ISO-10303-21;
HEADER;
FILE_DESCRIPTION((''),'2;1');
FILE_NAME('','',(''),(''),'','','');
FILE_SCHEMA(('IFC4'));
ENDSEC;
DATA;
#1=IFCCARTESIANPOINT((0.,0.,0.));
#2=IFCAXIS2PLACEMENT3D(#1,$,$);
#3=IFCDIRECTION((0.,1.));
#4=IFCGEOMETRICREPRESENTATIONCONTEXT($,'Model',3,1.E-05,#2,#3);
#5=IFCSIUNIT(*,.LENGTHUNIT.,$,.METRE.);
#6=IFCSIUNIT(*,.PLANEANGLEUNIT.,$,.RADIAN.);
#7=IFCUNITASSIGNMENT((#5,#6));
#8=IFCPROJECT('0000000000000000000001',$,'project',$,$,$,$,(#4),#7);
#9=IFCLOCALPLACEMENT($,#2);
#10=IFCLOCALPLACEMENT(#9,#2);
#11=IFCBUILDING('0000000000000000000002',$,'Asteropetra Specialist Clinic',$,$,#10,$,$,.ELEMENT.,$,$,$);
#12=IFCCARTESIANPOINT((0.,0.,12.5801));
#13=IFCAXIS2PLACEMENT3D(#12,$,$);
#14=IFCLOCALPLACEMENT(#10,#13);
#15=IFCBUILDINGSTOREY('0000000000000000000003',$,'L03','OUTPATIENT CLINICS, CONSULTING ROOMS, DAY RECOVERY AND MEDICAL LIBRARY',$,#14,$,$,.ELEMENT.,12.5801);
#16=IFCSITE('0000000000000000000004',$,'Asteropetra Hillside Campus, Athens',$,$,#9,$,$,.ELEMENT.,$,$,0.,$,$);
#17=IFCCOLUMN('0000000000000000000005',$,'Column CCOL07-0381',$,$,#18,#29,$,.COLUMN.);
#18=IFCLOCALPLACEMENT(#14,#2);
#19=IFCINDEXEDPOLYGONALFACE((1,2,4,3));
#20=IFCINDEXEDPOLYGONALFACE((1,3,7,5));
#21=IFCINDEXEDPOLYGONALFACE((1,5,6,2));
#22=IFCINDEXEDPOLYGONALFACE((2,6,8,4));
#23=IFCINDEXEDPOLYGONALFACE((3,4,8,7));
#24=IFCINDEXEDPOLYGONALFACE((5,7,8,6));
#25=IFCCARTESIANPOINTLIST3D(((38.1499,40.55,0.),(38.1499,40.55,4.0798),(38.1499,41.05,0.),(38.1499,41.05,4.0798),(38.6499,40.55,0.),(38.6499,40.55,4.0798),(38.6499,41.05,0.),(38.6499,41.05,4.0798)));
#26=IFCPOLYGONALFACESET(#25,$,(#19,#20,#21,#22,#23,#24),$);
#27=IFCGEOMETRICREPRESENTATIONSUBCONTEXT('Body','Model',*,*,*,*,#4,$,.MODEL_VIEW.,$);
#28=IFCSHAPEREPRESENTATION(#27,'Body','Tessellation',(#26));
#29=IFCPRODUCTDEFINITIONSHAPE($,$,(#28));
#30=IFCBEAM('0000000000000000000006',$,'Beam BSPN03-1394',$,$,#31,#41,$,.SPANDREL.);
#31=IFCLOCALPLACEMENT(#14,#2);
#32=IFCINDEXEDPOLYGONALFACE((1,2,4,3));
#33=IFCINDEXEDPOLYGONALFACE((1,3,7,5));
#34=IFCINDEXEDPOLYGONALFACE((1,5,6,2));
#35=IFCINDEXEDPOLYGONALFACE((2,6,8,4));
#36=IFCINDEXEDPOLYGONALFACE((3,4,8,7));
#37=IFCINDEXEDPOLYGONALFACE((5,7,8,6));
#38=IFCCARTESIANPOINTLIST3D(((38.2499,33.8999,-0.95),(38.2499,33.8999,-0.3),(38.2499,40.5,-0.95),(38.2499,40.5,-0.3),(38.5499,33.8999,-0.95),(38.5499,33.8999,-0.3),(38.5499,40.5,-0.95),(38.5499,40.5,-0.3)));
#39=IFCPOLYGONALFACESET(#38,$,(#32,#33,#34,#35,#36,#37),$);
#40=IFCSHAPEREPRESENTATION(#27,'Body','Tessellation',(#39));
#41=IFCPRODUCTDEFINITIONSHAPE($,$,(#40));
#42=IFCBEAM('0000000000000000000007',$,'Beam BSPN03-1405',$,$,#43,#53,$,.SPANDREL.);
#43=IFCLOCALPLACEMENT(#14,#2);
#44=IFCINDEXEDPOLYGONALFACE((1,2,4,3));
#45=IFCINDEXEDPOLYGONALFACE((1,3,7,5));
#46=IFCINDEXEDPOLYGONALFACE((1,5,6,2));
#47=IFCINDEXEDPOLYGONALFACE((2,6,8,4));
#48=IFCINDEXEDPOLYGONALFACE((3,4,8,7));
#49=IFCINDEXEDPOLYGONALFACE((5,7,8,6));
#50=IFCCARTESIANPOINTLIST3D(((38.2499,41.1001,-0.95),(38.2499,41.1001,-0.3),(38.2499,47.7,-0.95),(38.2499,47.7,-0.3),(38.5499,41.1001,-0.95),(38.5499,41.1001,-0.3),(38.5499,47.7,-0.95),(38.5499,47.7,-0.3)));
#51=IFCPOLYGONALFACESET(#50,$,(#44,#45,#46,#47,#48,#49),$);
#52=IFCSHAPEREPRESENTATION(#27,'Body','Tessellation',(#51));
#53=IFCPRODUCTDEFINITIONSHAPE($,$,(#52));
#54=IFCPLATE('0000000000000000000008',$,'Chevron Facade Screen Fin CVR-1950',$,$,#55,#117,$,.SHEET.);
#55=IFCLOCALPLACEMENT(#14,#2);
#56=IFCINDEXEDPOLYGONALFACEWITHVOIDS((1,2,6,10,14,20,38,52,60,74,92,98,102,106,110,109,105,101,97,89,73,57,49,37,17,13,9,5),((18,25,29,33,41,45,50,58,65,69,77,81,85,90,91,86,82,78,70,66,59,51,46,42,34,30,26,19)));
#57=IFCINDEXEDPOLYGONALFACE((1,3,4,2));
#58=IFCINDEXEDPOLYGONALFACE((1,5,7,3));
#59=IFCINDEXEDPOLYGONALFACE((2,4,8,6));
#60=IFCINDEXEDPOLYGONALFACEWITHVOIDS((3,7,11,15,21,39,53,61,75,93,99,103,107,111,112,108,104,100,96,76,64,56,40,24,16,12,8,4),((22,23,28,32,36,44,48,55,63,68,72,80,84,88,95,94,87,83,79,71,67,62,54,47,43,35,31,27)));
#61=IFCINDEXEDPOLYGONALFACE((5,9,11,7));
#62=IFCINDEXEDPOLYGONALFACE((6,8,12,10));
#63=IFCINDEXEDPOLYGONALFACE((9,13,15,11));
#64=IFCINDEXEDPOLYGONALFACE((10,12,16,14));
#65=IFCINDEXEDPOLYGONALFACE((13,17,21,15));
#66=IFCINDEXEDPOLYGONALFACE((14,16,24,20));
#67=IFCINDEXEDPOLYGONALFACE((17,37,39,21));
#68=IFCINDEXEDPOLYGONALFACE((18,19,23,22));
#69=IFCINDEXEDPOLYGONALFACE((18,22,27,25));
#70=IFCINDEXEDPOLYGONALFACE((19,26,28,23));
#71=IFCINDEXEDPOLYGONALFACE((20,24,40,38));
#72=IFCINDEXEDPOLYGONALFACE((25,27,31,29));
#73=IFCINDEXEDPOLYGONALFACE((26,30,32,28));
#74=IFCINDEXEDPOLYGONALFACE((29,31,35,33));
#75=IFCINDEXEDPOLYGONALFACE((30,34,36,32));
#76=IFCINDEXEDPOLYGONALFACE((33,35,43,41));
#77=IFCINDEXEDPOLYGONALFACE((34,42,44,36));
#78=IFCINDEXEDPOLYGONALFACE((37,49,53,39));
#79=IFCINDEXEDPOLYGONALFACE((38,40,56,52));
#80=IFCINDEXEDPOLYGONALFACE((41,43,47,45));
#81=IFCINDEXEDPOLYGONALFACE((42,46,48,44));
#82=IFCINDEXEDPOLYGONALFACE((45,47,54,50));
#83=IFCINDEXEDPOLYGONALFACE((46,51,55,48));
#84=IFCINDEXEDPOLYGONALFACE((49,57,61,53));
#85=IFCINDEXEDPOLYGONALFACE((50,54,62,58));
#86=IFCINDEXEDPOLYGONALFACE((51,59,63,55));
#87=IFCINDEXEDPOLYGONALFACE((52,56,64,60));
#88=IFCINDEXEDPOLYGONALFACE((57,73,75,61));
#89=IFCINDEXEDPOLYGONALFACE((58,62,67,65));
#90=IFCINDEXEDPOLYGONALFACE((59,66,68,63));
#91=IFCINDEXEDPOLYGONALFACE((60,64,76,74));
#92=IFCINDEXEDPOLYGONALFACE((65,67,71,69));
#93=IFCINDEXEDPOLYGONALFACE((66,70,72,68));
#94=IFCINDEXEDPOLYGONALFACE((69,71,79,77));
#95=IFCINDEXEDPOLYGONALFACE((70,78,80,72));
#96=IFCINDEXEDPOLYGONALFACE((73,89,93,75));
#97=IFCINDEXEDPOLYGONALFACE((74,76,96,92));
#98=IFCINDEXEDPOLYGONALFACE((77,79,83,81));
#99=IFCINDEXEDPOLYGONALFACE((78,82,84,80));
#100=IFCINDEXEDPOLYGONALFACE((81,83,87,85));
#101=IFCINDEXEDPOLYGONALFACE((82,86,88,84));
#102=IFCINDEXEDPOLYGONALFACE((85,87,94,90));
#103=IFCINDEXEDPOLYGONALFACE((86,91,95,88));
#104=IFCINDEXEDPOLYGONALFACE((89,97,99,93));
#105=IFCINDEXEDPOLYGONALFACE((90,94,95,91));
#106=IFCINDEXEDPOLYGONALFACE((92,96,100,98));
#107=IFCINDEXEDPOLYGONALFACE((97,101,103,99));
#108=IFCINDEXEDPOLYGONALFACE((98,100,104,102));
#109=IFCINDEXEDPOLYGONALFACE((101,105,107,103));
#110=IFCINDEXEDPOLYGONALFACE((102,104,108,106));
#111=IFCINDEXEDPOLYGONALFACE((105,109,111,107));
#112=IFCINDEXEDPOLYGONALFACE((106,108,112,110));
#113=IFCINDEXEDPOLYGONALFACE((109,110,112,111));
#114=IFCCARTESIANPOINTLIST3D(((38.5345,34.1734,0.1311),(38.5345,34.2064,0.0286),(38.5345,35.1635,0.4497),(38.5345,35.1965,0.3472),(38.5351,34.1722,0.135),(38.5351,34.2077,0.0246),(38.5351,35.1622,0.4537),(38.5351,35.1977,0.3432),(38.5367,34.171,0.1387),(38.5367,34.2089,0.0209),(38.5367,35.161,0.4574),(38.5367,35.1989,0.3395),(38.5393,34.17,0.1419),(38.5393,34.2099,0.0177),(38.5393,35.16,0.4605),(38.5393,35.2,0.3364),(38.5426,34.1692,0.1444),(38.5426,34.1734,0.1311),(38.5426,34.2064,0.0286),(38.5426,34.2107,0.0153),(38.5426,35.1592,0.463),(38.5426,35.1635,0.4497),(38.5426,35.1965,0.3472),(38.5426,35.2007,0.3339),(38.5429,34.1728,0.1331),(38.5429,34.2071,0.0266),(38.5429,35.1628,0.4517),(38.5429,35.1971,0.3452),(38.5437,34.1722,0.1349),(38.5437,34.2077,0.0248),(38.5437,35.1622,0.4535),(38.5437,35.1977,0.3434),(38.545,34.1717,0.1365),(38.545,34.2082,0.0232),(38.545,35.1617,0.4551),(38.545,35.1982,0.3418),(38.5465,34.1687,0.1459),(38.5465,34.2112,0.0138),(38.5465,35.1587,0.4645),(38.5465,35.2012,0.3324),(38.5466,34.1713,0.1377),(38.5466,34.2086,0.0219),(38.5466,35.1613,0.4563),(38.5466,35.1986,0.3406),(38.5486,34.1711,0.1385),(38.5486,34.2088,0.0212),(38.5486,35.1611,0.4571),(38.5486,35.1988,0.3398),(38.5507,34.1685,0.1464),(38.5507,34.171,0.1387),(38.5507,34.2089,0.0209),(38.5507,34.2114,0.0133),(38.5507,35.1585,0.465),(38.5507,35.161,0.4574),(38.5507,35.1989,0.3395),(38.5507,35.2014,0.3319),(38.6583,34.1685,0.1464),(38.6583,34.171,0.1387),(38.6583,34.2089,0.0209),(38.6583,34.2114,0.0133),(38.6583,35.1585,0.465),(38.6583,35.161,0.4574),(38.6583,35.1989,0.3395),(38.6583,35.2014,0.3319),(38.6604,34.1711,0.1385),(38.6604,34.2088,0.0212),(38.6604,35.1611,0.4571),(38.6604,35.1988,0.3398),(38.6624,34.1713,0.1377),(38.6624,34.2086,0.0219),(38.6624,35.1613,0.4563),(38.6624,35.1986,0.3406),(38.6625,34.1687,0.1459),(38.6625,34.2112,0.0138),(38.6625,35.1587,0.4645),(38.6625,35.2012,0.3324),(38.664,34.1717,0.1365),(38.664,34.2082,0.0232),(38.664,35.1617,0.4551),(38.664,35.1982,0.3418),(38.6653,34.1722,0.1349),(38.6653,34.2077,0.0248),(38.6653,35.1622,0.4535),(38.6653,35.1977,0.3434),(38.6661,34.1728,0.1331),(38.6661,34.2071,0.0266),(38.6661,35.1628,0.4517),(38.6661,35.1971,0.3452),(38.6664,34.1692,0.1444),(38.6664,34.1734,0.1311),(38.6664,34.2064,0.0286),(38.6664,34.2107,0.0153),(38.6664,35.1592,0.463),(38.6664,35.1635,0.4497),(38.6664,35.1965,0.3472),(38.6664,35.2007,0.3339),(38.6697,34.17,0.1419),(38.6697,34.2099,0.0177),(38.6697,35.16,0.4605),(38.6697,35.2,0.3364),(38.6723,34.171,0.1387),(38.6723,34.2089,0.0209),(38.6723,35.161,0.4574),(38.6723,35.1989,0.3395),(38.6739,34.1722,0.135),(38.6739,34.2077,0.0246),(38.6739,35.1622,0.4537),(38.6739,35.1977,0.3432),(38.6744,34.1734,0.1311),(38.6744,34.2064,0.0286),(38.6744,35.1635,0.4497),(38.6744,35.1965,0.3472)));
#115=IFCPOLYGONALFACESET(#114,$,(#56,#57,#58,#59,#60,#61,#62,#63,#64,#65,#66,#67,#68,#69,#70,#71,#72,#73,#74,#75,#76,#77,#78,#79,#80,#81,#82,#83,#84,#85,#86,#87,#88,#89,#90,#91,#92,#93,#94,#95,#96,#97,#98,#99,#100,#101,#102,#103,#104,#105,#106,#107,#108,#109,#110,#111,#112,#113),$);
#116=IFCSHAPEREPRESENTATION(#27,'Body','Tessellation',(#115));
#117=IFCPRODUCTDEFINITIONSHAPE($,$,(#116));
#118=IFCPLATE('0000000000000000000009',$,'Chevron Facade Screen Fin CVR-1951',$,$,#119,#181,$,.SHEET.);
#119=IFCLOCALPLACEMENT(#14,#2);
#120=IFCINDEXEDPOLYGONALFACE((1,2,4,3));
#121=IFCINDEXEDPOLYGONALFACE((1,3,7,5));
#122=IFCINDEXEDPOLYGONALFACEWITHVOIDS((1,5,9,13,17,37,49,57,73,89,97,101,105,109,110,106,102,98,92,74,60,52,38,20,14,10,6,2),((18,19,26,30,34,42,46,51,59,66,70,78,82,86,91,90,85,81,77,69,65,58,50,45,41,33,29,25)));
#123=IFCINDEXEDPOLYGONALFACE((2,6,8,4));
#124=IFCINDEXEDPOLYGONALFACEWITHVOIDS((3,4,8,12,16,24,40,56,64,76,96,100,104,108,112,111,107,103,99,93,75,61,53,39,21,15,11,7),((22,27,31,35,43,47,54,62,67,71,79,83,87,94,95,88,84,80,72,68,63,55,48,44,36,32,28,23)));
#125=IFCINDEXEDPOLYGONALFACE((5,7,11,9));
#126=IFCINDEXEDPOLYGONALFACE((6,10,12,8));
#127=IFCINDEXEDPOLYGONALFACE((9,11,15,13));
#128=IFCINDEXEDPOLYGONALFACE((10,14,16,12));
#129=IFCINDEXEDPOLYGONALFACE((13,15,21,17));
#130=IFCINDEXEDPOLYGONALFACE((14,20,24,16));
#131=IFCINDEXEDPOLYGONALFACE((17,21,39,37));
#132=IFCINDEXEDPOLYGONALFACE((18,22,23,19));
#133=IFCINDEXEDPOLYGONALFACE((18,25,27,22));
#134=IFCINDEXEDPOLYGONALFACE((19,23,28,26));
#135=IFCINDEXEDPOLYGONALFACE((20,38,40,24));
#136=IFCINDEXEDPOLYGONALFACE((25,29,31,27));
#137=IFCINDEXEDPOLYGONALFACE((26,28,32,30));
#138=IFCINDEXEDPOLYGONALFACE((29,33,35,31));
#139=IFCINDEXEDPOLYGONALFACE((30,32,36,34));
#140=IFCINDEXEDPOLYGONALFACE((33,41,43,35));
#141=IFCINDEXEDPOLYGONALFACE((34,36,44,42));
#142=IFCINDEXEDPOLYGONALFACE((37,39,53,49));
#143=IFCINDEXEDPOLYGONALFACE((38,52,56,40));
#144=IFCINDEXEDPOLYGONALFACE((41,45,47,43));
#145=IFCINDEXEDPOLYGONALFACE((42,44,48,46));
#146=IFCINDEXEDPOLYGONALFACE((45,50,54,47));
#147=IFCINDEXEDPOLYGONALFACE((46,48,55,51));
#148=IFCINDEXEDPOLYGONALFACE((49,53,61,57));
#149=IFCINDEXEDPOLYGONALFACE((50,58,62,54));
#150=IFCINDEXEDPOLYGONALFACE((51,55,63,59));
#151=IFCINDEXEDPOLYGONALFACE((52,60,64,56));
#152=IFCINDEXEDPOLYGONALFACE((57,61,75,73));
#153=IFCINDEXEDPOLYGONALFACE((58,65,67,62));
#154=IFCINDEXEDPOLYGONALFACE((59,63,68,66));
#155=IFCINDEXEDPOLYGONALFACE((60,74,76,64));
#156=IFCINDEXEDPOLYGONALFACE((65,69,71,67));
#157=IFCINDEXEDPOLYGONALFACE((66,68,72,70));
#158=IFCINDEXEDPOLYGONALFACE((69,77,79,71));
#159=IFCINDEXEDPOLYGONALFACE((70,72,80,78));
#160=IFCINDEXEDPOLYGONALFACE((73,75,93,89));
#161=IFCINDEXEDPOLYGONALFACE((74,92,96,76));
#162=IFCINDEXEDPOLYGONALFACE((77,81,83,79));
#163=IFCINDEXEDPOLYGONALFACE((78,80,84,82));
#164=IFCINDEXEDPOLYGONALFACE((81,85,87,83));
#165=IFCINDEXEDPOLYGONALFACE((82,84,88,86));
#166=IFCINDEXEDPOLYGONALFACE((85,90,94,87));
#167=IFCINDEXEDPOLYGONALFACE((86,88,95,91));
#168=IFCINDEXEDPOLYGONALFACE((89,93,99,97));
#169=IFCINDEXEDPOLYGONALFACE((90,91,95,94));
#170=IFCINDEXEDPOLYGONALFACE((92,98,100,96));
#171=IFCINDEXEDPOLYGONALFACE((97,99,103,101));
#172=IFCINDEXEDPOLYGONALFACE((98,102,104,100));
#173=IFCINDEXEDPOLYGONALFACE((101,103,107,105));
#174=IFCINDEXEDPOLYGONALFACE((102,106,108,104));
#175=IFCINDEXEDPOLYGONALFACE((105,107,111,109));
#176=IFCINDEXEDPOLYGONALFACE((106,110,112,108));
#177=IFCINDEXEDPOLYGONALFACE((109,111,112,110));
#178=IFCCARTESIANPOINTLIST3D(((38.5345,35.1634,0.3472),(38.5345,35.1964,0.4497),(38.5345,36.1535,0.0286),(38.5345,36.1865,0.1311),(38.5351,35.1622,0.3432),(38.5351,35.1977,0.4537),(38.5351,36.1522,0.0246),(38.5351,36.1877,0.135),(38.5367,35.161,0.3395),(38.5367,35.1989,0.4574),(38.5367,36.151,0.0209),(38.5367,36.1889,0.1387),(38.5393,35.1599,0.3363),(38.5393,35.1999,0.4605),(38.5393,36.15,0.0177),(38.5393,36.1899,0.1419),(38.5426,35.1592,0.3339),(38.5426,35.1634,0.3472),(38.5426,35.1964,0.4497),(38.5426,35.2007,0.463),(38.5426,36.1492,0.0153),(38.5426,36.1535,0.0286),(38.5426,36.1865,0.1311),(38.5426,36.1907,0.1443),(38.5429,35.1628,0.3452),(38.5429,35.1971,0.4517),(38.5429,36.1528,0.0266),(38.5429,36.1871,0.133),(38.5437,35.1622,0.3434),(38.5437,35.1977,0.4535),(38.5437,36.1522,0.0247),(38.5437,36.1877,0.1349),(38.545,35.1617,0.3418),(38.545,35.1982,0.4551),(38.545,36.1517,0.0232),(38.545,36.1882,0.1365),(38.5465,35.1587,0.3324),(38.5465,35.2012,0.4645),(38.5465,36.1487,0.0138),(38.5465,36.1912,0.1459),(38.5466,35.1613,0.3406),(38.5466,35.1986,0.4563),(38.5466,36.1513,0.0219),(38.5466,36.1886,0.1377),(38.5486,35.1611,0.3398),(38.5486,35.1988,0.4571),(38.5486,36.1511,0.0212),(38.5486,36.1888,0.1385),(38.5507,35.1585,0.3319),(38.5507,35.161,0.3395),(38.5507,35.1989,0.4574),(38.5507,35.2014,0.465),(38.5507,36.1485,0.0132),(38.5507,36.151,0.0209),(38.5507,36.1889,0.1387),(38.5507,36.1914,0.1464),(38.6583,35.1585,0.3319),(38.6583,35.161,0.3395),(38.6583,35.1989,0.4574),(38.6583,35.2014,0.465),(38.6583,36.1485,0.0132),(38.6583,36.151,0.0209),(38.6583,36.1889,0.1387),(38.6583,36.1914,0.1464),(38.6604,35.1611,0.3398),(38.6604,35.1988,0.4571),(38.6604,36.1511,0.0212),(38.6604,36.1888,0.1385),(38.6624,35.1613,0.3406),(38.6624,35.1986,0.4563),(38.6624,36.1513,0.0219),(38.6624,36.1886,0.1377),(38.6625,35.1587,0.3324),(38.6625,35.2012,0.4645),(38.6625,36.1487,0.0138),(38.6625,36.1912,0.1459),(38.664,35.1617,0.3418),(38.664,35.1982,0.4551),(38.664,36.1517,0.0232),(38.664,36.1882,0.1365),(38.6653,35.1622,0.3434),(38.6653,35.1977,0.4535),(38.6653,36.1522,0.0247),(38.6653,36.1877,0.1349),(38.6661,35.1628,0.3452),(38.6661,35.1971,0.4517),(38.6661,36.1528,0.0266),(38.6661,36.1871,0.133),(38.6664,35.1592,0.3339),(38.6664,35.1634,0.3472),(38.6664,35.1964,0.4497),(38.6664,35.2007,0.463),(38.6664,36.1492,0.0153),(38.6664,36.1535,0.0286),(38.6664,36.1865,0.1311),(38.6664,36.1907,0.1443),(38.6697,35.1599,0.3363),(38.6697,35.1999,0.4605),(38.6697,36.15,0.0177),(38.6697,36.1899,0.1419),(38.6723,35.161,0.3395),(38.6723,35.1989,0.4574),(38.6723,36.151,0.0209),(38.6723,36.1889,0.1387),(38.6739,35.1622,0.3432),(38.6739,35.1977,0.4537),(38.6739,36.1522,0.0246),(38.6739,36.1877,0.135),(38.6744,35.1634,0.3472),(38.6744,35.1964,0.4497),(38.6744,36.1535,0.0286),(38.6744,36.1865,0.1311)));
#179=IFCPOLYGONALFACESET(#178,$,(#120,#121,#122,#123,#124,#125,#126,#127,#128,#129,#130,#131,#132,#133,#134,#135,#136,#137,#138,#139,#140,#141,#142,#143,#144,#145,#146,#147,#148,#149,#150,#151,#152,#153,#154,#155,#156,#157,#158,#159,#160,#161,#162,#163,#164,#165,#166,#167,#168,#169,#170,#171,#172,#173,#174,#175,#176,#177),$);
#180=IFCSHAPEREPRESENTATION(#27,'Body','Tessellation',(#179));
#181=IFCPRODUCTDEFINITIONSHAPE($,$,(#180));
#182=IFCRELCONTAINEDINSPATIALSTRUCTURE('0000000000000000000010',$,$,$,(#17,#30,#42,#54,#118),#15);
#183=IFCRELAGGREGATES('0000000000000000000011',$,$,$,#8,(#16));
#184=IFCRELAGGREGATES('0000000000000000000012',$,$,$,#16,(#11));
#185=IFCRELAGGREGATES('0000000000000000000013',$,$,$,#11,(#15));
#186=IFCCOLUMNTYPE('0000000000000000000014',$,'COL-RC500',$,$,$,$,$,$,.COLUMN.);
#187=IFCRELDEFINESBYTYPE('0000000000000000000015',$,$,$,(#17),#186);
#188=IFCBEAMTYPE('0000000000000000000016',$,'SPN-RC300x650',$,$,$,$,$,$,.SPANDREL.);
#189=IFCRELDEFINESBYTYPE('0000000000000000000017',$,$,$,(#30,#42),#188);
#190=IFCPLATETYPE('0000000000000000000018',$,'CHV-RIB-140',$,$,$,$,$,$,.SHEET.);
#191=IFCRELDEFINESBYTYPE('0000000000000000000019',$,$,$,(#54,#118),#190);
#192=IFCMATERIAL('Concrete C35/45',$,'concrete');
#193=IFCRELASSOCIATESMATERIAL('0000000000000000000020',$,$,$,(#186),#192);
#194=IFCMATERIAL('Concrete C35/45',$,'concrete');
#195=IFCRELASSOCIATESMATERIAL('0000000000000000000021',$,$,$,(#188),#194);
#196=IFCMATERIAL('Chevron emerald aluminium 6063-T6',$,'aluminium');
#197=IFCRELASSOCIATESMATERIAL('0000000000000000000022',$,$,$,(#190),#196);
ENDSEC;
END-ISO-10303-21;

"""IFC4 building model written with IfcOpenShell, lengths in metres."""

from ifc_helpers import new_model, si_unit, direction, frame, origin, origin_2d, place, context, subcontext, project, spatial, rectangle, hollow_rectangle, extrude, material, material_profile, profile_set, type_object, element, save


model = new_model("IFC4")

# Units and contexts
model_context = context("Model", 3, precision=1e-05, world=origin(), true_north=direction((0.0, 1.0)))
body_context = subcontext(model_context, "Body", "Model", "MODEL_VIEW")
ifc_project = project(units=[si_unit("LENGTHUNIT", "METRE"), si_unit("PLANEANGLEUNIT", "RADIAN")], contexts=[model_context])

# Site, building, storey
site_placement = place(None, origin())
site = spatial("IfcSite", under=ifc_project, at=site_placement, Name="Asteropetra Hillside Campus, Athens", CompositionType="ELEMENT", RefElevation=0.0)
building_placement = place(site_placement, origin())
building = spatial("IfcBuilding", under=site, at=building_placement, Name="Asteropetra Specialist Clinic", CompositionType="ELEMENT")
storey_placement = place(building_placement, frame((0.0, 0.0, 12.5801)))
storey = spatial("IfcBuildingStorey", under=building, at=storey_placement, Name="L03", Description="OUTPATIENT CLINICS, CONSULTING ROOMS, DAY RECOVERY AND MEDICAL LIBRARY", CompositionType="ELEMENT", Elevation=12.5801)

# Column
ifc_material_1 = material(Name="Concrete C35/45", Category="concrete")
ifc_material_profile_1 = material_profile(ifc_material_1, rectangle(XDim=0.5, YDim=0.5, at=origin_2d()), Name="RC 500x500")
ifc_profile_set_1 = profile_set([ifc_material_profile_1], Name="Concrete C35/45")
column_type = type_object("IfcColumnType", Name="COL-RC500", PredefinedType="COLUMN", material=ifc_profile_set_1)
column_placement = place(storey_placement, frame((38.3999, 40.8, 0.0), z_axis=(0.0, 0.0, 1.0), x_axis=(1.0, 0.0, 0.0)))
element("IfcColumn", 1, at=column_placement, inside=storey, type_object=column_type, Name="Column CCOL07-0381", PredefinedType="COLUMN", context=body_context, shape_type="SweptSolid", body=[
    extrude(rectangle(XDim=0.5, YDim=0.5, at=origin_2d()), origin(), (0.0, 0.0, 1.0), 4.0798),
])

# Beams
ifc_material_2 = material(Name="Concrete C35/45", Category="concrete")
ifc_material_profile_2 = material_profile(ifc_material_2, rectangle(XDim=0.3, YDim=0.6499, at=origin_2d()), Name="RCS 300x650")
ifc_profile_set_2 = profile_set([ifc_material_profile_2], Name="Concrete C35/45")
beam_type = type_object("IfcBeamType", Name="SPN-RC300x650", PredefinedType="SPANDREL", material=ifc_profile_set_2)
beam_1_placement = place(storey_placement, frame((38.3999, 33.8999, -0.625), z_axis=(0.0, 1.0, 0.0), x_axis=(-1.0, 0.0, 0.0)))
element("IfcBeam", 2, at=beam_1_placement, inside=storey, type_object=beam_type, Name="Beam BSPN03-1394", PredefinedType="SPANDREL", context=body_context, shape_type="SweptSolid", body=[
    extrude(rectangle(XDim=0.3, YDim=0.6499, at=origin_2d()), origin(), (0.0, 0.0, 1.0), 6.6001),
])
beam_2_placement = place(storey_placement, frame((38.3999, 41.1001, -0.625), z_axis=(0.0, 1.0, 0.0), x_axis=(-1.0, 0.0, 0.0)))
element("IfcBeam", 3, at=beam_2_placement, inside=storey, type_object=beam_type, Name="Beam BSPN03-1405", PredefinedType="SPANDREL", context=body_context, shape_type="SweptSolid", body=[
    extrude(rectangle(XDim=0.3, YDim=0.6499, at=origin_2d()), origin(), (0.0, 0.0, 1.0), 6.5999),
])

# Plates
ifc_material_3 = material(Name="Chevron emerald aluminium 6063-T6", Category="aluminium")
ifc_material_profile_3 = material_profile(ifc_material_3, hollow_rectangle(XDim=0.1399, YDim=0.1399, WallThickness=0.0081, InnerFilletRadius=0.0081, OuterFilletRadius=0.0161, at=origin_2d()), Name="SHS 140x140x8.0")
ifc_profile_set_3 = profile_set([ifc_material_profile_3], Name="Chevron emerald aluminium 6063-T6")
plate_type = type_object("IfcPlateType", Name="CHV-RIB-140", PredefinedType="SHEET", material=ifc_profile_set_3)
for number, where, z_axis, x_axis, name in (
    (4, (38.6045, 34.1899, 0.0798), (0.0, 0.951919, 0.306351), (-1.0, 0.0, 0.0), "Chevron Facade Screen Fin CVR-1950"),
    (5, (38.6045, 35.1799, 0.3984), (0.0, 0.951919, -0.306351), (-1.0, 0.0, 0.0), "Chevron Facade Screen Fin CVR-1951"),
):
    element("IfcPlate", number, at=place(storey_placement, frame(where, z_axis=z_axis, x_axis=x_axis)), inside=storey, type_object=plate_type, Name=name, PredefinedType="SHEET", context=body_context, shape_type="SweptSolid", body=[
        extrude(hollow_rectangle(XDim=0.1399, YDim=0.1399, WallThickness=0.0081, InnerFilletRadius=0.0081, OuterFilletRadius=0.0161, at=origin_2d()), origin(), (0.0, 0.0, 1.0), 1.04),
    ])

save(model, "model.ifc")
